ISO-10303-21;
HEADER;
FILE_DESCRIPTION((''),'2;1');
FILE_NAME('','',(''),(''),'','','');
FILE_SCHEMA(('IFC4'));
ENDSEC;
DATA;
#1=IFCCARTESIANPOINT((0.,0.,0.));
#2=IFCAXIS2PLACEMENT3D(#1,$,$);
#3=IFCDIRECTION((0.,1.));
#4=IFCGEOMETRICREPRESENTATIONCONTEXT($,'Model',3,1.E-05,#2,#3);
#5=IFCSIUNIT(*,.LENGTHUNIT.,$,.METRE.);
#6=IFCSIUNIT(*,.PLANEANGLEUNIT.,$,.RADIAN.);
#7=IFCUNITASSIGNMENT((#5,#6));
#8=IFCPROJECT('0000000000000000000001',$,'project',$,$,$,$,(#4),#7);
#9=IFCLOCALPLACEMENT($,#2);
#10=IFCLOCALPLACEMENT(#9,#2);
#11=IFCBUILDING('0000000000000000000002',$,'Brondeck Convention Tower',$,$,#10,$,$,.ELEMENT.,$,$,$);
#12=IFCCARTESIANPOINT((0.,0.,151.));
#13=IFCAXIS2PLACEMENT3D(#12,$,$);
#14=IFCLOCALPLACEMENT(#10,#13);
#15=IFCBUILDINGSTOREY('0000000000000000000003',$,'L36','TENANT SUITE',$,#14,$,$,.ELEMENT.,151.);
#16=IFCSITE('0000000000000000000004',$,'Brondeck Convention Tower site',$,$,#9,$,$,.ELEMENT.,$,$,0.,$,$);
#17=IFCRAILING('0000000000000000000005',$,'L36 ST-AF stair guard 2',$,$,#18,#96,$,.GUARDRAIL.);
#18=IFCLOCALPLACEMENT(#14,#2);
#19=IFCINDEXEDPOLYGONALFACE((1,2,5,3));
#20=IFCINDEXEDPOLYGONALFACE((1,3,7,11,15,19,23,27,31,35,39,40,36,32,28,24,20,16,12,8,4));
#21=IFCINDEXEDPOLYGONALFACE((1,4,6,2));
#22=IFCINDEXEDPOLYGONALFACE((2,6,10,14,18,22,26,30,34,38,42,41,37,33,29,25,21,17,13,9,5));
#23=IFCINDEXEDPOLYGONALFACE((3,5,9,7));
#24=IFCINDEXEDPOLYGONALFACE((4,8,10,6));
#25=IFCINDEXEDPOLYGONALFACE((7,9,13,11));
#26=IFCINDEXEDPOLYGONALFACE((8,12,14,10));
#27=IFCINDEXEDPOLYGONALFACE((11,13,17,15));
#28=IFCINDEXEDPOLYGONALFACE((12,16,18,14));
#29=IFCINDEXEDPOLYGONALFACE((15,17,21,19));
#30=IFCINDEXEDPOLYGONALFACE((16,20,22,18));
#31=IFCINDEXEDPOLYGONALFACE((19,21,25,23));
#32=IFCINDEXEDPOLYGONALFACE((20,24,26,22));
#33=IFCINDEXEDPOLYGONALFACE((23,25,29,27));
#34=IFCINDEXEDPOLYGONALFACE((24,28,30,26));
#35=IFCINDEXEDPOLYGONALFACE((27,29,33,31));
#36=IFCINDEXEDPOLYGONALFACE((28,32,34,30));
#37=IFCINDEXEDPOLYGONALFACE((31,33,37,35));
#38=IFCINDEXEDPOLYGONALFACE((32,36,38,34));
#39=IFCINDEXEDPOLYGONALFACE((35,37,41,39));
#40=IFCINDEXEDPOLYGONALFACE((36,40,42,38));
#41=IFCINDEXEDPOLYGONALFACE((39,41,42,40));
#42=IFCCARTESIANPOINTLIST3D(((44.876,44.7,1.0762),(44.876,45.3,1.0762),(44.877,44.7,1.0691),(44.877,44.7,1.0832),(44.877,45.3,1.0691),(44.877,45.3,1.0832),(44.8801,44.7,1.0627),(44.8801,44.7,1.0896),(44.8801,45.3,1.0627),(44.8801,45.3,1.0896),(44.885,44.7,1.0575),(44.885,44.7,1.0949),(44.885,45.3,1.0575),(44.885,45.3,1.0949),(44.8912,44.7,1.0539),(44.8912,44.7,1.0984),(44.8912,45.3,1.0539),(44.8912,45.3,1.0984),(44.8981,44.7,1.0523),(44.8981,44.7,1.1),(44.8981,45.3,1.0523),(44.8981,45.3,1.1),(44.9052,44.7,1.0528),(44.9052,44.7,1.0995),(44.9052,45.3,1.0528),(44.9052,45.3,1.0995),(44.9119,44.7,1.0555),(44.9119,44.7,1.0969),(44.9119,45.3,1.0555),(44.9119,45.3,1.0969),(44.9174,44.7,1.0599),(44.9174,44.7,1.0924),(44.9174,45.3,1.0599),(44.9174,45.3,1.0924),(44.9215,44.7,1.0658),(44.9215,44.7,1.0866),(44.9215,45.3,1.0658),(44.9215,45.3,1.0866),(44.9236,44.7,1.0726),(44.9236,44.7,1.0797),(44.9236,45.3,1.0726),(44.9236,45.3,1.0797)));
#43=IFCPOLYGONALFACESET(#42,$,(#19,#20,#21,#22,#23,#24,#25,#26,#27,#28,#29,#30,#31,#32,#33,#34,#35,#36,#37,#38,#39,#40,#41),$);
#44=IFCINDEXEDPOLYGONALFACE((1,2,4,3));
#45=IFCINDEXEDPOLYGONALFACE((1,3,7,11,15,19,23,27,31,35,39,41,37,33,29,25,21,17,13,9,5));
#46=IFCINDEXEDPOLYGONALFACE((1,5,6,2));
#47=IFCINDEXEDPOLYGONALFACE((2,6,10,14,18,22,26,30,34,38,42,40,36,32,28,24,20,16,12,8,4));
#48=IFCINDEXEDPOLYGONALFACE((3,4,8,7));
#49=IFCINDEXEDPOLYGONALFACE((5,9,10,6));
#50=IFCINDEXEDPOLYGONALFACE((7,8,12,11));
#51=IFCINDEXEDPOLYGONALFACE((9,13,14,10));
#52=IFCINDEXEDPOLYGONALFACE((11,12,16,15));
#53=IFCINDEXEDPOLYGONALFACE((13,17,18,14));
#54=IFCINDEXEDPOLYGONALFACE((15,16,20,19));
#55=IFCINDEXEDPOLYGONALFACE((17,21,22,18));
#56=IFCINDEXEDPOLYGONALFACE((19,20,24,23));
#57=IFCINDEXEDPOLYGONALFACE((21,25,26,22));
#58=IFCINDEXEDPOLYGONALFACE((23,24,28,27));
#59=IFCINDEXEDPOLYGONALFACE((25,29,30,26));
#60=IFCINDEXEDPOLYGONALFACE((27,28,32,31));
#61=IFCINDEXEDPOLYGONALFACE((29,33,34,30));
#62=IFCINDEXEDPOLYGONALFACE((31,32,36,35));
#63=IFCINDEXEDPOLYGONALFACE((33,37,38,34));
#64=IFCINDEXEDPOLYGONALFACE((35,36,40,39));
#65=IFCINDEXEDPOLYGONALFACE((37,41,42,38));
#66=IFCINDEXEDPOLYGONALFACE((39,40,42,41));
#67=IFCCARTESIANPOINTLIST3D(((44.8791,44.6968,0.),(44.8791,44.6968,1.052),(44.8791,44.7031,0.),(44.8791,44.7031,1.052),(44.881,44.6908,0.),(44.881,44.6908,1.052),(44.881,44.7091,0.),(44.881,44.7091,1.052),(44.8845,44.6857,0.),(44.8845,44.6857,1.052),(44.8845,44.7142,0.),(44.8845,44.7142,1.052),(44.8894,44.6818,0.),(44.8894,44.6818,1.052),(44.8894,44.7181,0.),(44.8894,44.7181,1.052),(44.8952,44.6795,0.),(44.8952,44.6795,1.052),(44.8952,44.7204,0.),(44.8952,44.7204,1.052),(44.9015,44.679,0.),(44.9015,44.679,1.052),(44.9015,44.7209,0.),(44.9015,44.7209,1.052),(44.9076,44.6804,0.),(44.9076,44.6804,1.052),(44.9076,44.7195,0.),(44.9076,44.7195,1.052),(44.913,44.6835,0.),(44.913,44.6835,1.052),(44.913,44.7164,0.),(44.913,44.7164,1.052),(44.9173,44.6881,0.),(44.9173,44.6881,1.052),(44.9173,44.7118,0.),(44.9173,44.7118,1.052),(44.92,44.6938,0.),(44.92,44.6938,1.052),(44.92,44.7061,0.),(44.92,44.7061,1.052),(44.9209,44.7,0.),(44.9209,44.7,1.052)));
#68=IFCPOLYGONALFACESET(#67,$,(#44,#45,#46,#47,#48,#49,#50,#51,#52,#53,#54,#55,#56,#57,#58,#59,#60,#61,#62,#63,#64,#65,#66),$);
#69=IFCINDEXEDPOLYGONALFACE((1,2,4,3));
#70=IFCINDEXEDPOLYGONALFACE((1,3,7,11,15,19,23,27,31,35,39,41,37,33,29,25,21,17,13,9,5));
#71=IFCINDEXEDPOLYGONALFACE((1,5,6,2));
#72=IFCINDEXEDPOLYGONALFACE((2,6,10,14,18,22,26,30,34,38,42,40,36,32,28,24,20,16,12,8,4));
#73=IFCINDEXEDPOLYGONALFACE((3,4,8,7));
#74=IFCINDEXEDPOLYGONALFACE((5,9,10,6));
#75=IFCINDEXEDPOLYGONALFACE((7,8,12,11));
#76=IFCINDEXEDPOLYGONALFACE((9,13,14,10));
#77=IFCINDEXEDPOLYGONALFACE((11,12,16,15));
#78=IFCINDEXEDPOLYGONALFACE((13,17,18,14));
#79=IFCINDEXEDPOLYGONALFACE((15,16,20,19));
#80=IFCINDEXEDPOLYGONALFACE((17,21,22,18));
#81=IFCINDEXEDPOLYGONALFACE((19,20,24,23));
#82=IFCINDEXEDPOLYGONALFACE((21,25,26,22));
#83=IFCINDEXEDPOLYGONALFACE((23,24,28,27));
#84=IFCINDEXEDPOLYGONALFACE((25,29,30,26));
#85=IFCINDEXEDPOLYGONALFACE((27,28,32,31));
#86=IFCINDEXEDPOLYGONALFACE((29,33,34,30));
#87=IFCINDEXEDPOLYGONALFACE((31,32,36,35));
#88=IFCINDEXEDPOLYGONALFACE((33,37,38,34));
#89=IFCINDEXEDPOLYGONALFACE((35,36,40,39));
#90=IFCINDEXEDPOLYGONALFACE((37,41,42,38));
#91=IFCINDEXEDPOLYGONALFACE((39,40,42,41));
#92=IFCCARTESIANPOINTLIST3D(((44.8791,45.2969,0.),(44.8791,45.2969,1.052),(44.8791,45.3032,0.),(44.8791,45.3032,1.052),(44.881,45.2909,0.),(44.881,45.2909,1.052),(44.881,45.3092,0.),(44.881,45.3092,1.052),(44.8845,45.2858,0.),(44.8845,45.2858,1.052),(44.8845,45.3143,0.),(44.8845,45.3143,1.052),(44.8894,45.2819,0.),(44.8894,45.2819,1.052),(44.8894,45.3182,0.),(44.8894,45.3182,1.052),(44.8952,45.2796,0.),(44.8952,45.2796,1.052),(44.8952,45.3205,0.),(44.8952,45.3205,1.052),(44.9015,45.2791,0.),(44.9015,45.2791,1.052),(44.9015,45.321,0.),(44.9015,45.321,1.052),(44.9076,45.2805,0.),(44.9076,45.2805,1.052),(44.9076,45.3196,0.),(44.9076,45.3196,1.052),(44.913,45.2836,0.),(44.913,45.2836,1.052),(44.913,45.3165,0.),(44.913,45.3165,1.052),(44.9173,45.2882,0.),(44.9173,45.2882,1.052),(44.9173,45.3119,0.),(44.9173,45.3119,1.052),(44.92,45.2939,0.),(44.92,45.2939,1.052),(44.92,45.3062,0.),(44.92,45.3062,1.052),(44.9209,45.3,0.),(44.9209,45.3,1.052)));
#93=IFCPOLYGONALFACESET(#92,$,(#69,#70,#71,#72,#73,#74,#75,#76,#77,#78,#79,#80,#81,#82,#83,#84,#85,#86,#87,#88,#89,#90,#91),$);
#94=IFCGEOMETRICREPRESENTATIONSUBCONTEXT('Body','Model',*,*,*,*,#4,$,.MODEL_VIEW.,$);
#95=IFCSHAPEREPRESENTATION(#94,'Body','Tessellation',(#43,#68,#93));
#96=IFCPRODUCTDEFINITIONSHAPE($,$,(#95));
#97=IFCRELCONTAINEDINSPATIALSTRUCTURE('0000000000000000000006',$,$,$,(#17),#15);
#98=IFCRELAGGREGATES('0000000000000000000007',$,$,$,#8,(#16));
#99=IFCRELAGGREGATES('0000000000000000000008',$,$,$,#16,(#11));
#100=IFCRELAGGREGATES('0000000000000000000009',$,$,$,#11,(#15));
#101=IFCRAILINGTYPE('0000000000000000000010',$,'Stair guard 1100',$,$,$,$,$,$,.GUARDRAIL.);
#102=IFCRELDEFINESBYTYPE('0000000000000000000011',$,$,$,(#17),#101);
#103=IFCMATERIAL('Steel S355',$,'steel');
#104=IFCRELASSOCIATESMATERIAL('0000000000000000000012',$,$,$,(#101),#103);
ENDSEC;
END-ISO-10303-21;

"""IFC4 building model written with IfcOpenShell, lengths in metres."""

from ifc_helpers import new_model, si_unit, direction, frame, origin, origin_2d, place, context, subcontext, project, spatial, circle, extrude, material, type_object, element, save


model = new_model("IFC4")

# Units and contexts
model_context = context("Model", 3, precision=1e-05, world=origin(), true_north=direction((0.0, 1.0)))
body_context = subcontext(model_context, "Body", "Model", "MODEL_VIEW")
ifc_project = project(units=[si_unit("LENGTHUNIT", "METRE"), si_unit("PLANEANGLEUNIT", "RADIAN")], contexts=[model_context])

# Site, building, storey
site_placement = place(None, origin())
site = spatial("IfcSite", under=ifc_project, at=site_placement, Name="Brondeck Convention Tower site", CompositionType="ELEMENT", RefElevation=0.0)
building_placement = place(site_placement, origin())
building = spatial("IfcBuilding", under=site, at=building_placement, Name="Brondeck Convention Tower", CompositionType="ELEMENT")
storey_placement = place(building_placement, frame((0.0, 0.0, 151.0)))
storey = spatial("IfcBuildingStorey", under=building, at=storey_placement, Name="L36", Description="TENANT SUITE", CompositionType="ELEMENT", Elevation=151.0)

# Shared definitions
ifc_material_1 = material(Name="Steel S355", Category="steel")

# Railing
railing_type_1 = type_object("IfcRailingType", Name="Stair guard 1100", PredefinedType="GUARDRAIL", material=ifc_material_1)
railing_1_placement = place(storey_placement, frame((44.8999, 44.7, 0.0)))
element("IfcRailing", 1, at=railing_1_placement, inside=storey, type_object=railing_type_1, Name="L36 ST-AF stair guard 2", PredefinedType="GUARDRAIL", context=body_context, shape_type="SweptSolid", body=[
    extrude(circle(Radius=0.0239, at=origin_2d()), frame((0.0, 0.0, 1.0762), z_axis=(0.0, 1.0, 0.0), x_axis=(-1.0, 0.0, 0.0)), (0.0, 0.0, 1.0), 0.6001),
    extrude(circle(Radius=0.021, at=origin_2d()), origin(), (0.0, 0.0, 1.0), 1.052),
    extrude(circle(Radius=0.021, at=origin_2d()), frame((0.0, 0.6001, 0.0)), (0.0, 0.0, 1.0), 1.052),
])

save(model, "model.ifc")
